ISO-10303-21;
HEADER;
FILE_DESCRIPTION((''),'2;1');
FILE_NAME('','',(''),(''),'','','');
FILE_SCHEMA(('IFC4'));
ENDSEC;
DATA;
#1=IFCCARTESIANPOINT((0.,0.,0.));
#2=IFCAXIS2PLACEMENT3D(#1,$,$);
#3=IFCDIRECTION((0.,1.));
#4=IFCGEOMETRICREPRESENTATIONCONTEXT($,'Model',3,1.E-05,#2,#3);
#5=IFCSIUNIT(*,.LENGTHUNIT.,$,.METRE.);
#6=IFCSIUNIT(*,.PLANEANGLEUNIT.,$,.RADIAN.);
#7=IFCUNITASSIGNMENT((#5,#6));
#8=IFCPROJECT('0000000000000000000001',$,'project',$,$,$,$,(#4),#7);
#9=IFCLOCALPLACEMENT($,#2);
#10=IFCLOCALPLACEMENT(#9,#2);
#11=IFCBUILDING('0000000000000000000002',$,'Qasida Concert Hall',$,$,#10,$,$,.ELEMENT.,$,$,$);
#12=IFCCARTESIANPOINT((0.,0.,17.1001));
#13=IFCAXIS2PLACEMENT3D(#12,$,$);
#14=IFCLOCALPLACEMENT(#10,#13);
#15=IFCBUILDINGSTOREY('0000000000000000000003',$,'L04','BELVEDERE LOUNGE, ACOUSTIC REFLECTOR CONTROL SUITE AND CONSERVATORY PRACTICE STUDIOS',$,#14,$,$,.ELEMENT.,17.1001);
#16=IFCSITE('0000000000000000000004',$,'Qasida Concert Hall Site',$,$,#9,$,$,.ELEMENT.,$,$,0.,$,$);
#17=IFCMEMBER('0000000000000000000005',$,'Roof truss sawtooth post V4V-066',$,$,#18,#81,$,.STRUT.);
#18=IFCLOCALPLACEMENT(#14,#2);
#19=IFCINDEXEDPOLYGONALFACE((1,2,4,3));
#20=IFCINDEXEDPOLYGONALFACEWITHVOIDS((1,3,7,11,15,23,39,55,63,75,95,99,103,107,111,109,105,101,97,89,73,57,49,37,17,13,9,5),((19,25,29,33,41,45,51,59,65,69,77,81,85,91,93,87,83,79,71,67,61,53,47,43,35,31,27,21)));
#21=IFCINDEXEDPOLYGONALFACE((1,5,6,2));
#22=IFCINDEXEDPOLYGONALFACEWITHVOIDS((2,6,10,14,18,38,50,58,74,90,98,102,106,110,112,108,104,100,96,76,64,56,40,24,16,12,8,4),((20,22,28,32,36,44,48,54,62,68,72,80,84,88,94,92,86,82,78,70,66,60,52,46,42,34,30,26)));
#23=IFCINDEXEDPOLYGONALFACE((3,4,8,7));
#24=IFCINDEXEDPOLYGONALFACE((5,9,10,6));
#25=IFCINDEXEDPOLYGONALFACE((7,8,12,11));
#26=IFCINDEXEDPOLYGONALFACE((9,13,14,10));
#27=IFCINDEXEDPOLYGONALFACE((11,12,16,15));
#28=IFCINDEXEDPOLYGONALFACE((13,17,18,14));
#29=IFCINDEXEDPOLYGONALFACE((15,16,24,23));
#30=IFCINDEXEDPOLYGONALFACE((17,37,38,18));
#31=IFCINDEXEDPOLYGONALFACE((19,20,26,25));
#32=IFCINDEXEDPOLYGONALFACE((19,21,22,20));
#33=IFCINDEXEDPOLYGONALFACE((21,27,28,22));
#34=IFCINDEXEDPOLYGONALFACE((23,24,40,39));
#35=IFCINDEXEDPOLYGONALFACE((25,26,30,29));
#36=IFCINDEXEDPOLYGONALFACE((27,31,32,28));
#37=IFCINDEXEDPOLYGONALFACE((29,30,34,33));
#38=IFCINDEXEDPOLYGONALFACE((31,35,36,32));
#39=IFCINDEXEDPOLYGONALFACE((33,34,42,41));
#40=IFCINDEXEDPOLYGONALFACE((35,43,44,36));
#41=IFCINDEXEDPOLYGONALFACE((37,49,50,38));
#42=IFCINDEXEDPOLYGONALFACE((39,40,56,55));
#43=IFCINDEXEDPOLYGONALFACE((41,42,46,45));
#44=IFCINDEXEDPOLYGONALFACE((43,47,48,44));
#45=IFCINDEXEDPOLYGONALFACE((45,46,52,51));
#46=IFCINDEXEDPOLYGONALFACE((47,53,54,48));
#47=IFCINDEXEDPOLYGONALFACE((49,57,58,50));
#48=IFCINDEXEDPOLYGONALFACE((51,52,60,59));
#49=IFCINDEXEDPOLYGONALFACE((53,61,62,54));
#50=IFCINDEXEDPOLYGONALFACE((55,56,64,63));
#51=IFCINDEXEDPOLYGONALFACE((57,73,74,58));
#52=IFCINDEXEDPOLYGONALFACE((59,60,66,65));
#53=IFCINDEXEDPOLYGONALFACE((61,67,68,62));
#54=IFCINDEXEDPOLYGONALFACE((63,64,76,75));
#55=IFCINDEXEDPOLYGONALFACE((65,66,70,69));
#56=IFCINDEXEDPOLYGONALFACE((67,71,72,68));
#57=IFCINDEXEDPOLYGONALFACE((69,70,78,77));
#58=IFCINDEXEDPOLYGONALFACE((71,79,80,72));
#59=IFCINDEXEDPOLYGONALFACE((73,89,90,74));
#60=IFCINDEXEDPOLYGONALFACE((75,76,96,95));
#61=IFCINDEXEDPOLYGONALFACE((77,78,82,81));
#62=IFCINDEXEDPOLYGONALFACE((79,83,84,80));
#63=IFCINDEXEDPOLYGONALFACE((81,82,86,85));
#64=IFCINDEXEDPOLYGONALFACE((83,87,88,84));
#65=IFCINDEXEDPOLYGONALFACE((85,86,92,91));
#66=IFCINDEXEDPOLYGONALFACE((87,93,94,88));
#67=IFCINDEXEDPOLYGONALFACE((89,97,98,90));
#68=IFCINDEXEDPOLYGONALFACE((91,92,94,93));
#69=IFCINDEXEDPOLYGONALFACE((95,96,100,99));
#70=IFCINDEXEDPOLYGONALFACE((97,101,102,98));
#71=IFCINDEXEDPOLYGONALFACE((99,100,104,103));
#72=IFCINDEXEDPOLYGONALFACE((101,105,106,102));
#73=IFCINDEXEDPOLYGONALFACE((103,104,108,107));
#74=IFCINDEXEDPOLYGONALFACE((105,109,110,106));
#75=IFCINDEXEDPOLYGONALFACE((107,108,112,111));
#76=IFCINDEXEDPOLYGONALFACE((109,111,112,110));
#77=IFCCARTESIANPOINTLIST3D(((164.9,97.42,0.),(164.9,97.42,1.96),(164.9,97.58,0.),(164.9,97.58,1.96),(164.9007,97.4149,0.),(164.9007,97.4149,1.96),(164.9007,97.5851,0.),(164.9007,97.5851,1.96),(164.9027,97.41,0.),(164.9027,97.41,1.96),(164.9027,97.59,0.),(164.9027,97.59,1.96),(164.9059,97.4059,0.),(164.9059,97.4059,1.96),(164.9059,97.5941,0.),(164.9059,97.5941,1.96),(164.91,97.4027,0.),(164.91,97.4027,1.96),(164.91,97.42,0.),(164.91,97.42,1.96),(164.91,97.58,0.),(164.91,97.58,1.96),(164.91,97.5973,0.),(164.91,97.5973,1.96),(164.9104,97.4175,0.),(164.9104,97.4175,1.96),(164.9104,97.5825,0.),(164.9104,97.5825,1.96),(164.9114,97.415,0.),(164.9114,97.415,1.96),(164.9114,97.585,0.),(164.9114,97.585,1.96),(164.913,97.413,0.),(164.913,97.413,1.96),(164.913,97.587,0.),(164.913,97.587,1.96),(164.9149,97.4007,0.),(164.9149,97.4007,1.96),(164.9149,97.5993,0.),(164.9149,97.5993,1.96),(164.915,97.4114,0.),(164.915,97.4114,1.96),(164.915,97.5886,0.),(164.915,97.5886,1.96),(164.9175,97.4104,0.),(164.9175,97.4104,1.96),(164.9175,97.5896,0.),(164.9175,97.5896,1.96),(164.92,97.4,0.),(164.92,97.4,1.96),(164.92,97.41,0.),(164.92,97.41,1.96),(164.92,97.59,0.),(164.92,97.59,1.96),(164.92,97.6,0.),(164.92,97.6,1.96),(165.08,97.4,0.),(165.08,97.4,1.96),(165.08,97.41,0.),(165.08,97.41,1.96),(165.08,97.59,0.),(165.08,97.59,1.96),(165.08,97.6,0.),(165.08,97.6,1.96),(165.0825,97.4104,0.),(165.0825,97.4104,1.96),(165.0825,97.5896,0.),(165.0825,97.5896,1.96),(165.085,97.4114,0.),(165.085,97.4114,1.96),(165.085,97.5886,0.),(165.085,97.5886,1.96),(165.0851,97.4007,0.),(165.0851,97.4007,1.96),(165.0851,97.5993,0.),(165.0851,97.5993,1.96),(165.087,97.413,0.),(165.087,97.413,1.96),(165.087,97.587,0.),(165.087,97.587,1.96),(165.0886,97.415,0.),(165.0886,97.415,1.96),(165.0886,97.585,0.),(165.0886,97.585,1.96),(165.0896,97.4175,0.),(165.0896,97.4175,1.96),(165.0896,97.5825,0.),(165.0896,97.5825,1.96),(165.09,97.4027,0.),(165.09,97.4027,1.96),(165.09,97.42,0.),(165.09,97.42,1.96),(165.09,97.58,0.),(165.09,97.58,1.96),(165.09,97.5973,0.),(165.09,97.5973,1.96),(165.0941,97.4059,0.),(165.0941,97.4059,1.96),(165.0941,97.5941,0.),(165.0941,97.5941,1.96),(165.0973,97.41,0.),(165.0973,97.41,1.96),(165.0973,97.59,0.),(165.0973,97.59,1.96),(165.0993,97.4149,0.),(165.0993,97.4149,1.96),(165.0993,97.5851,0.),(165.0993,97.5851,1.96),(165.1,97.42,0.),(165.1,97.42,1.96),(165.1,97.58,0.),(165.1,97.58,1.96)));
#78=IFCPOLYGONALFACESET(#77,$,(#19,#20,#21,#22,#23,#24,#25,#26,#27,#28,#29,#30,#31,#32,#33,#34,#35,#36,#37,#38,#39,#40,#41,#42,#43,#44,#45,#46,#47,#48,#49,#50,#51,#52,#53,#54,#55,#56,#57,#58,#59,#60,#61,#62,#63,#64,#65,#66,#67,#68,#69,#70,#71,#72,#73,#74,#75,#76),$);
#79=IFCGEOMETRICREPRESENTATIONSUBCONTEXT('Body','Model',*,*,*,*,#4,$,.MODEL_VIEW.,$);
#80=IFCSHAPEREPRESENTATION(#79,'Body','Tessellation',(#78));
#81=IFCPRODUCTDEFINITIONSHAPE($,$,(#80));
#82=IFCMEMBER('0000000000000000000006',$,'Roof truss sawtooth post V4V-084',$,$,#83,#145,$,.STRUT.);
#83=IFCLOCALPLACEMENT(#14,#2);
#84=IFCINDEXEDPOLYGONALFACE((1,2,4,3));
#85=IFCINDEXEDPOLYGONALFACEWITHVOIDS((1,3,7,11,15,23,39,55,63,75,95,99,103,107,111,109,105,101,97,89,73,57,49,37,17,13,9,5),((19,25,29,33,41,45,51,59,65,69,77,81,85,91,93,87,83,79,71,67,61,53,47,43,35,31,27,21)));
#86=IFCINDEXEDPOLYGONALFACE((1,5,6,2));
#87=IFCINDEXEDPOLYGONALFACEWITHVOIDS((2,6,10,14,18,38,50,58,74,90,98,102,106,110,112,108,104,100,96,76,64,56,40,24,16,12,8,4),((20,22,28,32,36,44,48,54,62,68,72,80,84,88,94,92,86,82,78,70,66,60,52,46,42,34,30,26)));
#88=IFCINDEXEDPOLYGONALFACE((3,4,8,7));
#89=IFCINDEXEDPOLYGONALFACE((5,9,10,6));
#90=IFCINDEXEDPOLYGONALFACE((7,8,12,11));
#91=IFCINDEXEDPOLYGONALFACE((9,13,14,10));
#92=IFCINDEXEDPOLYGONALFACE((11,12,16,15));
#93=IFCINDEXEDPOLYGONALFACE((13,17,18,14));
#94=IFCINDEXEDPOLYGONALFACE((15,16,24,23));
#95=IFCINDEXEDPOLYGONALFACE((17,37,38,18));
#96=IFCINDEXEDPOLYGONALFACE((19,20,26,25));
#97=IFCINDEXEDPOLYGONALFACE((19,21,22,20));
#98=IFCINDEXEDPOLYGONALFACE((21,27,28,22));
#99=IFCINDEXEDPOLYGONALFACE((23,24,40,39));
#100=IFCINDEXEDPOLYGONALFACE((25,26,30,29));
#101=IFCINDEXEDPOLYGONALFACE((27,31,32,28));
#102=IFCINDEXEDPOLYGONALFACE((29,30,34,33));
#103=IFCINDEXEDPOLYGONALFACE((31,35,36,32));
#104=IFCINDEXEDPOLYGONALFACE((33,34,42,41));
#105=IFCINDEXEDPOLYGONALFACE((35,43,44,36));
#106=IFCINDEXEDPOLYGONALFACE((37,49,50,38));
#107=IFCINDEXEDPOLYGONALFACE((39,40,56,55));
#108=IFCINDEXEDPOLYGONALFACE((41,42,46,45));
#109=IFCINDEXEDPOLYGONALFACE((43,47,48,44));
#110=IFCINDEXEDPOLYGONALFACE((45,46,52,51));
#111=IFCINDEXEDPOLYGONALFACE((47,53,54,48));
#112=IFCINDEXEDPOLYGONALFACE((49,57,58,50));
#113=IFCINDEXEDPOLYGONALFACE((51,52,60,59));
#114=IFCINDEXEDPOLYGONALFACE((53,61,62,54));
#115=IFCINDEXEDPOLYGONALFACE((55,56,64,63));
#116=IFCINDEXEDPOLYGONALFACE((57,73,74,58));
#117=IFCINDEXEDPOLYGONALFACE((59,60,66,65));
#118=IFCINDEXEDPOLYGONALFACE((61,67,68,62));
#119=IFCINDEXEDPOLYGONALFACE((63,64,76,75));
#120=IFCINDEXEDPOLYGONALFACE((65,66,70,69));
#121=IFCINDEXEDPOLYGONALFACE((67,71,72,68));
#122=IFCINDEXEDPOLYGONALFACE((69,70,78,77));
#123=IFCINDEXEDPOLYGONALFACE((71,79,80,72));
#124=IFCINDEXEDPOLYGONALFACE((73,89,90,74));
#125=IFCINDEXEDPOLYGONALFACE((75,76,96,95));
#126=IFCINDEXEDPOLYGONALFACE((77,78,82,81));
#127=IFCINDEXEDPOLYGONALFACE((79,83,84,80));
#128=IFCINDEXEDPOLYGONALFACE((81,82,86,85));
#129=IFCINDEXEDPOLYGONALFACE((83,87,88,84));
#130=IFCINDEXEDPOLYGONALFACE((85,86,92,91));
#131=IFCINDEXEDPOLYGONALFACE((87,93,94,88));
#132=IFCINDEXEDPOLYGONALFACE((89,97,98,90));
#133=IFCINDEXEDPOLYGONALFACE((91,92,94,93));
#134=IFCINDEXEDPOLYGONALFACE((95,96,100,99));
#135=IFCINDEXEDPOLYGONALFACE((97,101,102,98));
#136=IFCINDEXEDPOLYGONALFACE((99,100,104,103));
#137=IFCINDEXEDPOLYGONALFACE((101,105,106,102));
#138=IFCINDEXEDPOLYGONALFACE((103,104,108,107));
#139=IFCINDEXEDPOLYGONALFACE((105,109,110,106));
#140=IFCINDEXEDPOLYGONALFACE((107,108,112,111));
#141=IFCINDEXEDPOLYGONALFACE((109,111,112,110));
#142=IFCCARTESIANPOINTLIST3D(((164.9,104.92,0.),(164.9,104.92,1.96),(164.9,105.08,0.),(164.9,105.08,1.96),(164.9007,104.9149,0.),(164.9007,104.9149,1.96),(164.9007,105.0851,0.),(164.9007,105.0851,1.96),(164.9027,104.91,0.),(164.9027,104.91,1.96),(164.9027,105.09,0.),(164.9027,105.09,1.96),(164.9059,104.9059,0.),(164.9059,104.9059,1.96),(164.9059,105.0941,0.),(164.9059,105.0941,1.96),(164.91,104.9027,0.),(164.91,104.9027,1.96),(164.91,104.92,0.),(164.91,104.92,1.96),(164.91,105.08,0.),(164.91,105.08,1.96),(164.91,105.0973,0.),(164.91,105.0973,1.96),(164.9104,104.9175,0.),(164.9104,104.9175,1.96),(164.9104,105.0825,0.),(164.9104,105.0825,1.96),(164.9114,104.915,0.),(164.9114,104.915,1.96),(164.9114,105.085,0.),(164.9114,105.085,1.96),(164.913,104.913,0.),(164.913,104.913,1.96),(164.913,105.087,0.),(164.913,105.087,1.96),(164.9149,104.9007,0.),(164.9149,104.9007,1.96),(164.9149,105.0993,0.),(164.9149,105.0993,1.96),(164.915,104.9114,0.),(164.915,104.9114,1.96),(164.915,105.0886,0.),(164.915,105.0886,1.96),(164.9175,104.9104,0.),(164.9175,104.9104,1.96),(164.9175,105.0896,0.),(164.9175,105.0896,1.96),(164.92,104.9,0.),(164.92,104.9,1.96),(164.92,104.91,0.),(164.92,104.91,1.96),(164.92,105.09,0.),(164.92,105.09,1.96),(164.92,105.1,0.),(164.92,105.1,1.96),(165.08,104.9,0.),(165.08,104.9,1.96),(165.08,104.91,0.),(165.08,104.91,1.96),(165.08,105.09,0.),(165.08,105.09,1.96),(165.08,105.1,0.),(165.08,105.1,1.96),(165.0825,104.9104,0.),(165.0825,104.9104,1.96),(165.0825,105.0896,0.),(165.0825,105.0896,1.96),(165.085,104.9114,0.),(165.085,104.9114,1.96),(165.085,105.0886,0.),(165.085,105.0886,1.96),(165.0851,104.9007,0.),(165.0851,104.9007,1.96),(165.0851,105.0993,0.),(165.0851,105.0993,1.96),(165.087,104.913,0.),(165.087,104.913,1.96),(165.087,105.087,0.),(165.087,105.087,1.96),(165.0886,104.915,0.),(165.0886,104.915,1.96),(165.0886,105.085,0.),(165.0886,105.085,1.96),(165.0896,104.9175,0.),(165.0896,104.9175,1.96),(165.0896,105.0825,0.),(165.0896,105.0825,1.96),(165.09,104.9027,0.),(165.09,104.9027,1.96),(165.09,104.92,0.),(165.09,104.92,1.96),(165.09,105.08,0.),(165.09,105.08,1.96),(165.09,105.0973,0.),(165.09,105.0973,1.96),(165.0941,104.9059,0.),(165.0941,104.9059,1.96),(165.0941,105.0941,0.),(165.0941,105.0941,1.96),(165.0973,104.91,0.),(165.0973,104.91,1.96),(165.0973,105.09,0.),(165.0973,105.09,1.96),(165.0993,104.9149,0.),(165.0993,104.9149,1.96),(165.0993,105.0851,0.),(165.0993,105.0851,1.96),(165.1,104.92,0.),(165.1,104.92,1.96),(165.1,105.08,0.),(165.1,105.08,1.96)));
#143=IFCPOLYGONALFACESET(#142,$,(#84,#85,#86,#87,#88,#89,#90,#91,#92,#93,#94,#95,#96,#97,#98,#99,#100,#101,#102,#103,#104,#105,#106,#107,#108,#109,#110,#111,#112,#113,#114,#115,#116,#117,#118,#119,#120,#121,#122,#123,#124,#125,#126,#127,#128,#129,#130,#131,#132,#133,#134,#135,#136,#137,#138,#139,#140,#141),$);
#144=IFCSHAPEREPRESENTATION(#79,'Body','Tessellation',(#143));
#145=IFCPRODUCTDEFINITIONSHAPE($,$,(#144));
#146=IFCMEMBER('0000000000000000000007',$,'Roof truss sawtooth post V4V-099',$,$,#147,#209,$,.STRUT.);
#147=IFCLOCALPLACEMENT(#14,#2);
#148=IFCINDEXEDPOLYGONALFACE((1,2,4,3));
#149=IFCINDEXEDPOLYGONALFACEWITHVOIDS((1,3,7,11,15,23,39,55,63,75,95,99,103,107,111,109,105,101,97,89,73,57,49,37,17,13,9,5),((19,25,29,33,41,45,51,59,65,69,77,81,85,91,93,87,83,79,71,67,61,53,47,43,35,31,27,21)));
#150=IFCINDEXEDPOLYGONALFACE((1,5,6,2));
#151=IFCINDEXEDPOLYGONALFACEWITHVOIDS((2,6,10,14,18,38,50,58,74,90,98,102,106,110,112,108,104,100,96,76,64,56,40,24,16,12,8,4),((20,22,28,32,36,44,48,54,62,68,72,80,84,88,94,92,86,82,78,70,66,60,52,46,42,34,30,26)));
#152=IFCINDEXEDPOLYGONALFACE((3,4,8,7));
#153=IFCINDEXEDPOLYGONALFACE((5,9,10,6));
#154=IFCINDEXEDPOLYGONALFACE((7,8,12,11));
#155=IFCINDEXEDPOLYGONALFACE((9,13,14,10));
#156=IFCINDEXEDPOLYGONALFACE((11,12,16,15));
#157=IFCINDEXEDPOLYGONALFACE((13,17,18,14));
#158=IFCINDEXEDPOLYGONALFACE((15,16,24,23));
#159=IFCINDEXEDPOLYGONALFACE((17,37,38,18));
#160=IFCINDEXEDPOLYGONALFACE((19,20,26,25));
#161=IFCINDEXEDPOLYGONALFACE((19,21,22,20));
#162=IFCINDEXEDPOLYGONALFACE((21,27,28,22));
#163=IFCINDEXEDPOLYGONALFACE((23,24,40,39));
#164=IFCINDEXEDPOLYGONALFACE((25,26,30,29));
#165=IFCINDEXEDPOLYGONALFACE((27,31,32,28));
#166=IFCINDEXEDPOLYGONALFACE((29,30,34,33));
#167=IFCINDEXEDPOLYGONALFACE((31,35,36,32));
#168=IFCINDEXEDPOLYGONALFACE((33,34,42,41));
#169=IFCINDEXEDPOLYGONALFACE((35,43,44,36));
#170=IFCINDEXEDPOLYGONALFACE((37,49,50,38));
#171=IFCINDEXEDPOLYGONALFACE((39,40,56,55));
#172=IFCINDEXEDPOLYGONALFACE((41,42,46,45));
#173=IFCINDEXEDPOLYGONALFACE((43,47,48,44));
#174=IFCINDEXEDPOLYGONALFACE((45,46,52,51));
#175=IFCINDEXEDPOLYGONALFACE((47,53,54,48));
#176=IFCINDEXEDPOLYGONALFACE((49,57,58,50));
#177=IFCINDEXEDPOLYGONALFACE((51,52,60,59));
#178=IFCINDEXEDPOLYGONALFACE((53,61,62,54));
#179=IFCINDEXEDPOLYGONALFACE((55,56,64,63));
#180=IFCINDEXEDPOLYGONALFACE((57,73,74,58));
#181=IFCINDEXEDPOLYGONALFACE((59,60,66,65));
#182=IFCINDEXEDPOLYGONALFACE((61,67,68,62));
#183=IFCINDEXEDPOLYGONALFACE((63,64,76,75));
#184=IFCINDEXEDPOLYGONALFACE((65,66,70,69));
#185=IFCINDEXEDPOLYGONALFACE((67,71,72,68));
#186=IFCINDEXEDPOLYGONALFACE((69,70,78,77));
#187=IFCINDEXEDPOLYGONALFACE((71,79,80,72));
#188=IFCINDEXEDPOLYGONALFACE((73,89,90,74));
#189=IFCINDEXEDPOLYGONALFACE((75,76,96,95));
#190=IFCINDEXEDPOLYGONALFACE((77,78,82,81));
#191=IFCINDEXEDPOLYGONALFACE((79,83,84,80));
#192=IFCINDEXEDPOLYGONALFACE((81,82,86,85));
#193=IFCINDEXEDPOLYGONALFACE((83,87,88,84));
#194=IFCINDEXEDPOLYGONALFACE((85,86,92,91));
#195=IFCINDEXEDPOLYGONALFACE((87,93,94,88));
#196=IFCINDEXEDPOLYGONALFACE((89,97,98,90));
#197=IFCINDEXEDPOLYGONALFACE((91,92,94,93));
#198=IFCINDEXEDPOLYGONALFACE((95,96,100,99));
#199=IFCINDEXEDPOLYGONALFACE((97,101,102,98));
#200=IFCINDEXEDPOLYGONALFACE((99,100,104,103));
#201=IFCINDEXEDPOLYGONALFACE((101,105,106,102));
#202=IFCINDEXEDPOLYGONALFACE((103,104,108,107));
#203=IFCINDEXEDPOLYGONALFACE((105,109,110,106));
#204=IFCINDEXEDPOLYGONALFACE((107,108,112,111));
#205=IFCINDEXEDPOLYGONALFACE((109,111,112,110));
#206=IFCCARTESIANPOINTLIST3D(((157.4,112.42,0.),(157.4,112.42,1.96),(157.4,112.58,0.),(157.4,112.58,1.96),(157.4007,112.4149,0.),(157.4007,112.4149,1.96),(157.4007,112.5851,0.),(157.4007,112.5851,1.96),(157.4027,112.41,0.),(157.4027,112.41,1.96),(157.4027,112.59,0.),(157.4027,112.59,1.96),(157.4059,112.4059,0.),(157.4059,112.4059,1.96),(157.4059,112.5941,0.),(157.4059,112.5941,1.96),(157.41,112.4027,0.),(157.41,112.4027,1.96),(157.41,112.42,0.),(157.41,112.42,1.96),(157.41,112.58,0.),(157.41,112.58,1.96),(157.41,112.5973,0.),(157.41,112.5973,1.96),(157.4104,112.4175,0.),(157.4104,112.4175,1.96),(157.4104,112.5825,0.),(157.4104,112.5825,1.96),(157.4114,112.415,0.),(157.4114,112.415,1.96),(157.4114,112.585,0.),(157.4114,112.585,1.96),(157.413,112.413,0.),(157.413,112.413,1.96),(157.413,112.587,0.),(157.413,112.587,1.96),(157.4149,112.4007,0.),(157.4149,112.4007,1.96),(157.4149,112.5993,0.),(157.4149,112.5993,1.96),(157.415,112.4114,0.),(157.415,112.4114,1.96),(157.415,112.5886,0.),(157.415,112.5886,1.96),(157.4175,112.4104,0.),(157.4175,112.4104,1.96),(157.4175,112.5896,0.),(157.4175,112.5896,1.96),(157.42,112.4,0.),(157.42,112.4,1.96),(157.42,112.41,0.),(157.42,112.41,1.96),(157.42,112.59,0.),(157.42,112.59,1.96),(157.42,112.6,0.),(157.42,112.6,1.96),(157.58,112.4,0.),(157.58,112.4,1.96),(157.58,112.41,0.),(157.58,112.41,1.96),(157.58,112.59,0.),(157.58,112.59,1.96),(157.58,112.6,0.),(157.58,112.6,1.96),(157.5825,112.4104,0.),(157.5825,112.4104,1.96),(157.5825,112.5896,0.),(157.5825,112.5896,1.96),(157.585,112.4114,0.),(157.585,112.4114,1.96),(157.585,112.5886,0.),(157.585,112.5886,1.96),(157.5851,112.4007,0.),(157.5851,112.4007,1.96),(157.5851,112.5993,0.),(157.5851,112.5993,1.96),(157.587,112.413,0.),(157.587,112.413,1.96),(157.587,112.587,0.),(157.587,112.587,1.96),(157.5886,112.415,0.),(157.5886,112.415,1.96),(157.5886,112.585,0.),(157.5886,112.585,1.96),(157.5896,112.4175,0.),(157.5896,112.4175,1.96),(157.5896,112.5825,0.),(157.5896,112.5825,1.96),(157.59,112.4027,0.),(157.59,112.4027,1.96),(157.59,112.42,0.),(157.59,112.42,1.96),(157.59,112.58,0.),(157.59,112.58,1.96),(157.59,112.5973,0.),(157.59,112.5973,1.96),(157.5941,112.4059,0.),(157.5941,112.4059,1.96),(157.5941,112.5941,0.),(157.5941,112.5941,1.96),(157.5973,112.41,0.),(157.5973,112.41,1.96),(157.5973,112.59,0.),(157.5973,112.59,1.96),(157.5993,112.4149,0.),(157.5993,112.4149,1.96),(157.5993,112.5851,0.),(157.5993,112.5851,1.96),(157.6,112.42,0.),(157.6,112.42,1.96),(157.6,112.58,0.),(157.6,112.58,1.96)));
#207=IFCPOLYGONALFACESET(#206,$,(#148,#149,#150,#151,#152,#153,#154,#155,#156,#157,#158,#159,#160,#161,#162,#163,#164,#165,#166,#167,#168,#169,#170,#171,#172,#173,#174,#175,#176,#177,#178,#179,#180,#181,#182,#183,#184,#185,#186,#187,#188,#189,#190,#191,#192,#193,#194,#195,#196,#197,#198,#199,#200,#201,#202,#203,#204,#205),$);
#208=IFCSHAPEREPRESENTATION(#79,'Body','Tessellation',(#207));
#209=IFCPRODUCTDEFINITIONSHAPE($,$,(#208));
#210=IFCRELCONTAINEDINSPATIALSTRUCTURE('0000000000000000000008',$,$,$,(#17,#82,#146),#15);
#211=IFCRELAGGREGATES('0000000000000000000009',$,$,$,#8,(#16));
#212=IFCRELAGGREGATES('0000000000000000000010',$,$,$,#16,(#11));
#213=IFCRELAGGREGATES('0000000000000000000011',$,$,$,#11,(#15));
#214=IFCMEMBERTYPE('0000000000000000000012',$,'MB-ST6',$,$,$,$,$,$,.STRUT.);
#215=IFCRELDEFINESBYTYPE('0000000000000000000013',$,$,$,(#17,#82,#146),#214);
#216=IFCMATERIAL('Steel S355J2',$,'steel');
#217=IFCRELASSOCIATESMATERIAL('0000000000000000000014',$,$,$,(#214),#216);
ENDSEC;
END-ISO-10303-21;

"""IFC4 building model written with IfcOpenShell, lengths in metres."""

from ifc_helpers import new_model, si_unit, direction, frame, origin, origin_2d, place, context, subcontext, project, spatial, hollow_rectangle, extrude, material, material_profile, profile_set, type_object, element, save


model = new_model("IFC4")

# Units and contexts
model_context = context("Model", 3, precision=1e-05, world=origin(), true_north=direction((0.0, 1.0)))
body_context = subcontext(model_context, "Body", "Model", "MODEL_VIEW")
ifc_project = project(units=[si_unit("LENGTHUNIT", "METRE"), si_unit("PLANEANGLEUNIT", "RADIAN")], contexts=[model_context])

# Site, building, storey
site_placement = place(None, origin())
site = spatial("IfcSite", under=ifc_project, at=site_placement, Name="Qasida Concert Hall Site", CompositionType="ELEMENT", RefElevation=0.0)
building_placement = place(site_placement, origin())
building = spatial("IfcBuilding", under=site, at=building_placement, Name="Qasida Concert Hall", CompositionType="ELEMENT")
storey_placement = place(building_placement, frame((0.0, 0.0, 17.1001)))
storey = spatial("IfcBuildingStorey", under=building, at=storey_placement, Name="L04", Description="BELVEDERE LOUNGE, ACOUSTIC REFLECTOR CONTROL SUITE AND CONSERVATORY PRACTICE STUDIOS", CompositionType="ELEMENT", Elevation=17.1001)

# Members
ifc_material_1 = material(Name="Steel S355J2", Category="steel")
ifc_material_profile_1 = material_profile(ifc_material_1, hollow_rectangle(XDim=0.2, YDim=0.2, WallThickness=0.01, InnerFilletRadius=0.01, OuterFilletRadius=0.02, at=origin_2d()), Name="SHS 200x200x10")
ifc_profile_set_1 = profile_set([ifc_material_profile_1], Name="Steel S355J2")
member_type_1 = type_object("IfcMemberType", Name="MB-ST6", PredefinedType="STRUT", material=ifc_profile_set_1)
for number, where, z_axis, x_axis, name in (
    (1, (165.0, 97.5, 0.0), (0.0, 0.0, 1.0), (1.0, 0.0, 0.0), "Roof truss sawtooth post V4V-066"),
    (2, (165.0, 105.0, 0.0), (0.0, 0.0, 1.0), (1.0, 0.0, 0.0), "Roof truss sawtooth post V4V-084"),
    (3, (157.5, 112.5, 0.0), (0.0, 0.0, 1.0), (1.0, 0.0, 0.0), "Roof truss sawtooth post V4V-099"),
):
    element("IfcMember", number, at=place(storey_placement, frame(where, z_axis=z_axis, x_axis=x_axis)), inside=storey, type_object=member_type_1, Name=name, PredefinedType="STRUT", context=body_context, shape_type="SweptSolid", body=[
        extrude(hollow_rectangle(XDim=0.2, YDim=0.2, WallThickness=0.01, InnerFilletRadius=0.01, OuterFilletRadius=0.02, at=origin_2d()), origin(), (0.0, 0.0, 1.0), 1.96),
    ])

save(model, "model.ifc")
